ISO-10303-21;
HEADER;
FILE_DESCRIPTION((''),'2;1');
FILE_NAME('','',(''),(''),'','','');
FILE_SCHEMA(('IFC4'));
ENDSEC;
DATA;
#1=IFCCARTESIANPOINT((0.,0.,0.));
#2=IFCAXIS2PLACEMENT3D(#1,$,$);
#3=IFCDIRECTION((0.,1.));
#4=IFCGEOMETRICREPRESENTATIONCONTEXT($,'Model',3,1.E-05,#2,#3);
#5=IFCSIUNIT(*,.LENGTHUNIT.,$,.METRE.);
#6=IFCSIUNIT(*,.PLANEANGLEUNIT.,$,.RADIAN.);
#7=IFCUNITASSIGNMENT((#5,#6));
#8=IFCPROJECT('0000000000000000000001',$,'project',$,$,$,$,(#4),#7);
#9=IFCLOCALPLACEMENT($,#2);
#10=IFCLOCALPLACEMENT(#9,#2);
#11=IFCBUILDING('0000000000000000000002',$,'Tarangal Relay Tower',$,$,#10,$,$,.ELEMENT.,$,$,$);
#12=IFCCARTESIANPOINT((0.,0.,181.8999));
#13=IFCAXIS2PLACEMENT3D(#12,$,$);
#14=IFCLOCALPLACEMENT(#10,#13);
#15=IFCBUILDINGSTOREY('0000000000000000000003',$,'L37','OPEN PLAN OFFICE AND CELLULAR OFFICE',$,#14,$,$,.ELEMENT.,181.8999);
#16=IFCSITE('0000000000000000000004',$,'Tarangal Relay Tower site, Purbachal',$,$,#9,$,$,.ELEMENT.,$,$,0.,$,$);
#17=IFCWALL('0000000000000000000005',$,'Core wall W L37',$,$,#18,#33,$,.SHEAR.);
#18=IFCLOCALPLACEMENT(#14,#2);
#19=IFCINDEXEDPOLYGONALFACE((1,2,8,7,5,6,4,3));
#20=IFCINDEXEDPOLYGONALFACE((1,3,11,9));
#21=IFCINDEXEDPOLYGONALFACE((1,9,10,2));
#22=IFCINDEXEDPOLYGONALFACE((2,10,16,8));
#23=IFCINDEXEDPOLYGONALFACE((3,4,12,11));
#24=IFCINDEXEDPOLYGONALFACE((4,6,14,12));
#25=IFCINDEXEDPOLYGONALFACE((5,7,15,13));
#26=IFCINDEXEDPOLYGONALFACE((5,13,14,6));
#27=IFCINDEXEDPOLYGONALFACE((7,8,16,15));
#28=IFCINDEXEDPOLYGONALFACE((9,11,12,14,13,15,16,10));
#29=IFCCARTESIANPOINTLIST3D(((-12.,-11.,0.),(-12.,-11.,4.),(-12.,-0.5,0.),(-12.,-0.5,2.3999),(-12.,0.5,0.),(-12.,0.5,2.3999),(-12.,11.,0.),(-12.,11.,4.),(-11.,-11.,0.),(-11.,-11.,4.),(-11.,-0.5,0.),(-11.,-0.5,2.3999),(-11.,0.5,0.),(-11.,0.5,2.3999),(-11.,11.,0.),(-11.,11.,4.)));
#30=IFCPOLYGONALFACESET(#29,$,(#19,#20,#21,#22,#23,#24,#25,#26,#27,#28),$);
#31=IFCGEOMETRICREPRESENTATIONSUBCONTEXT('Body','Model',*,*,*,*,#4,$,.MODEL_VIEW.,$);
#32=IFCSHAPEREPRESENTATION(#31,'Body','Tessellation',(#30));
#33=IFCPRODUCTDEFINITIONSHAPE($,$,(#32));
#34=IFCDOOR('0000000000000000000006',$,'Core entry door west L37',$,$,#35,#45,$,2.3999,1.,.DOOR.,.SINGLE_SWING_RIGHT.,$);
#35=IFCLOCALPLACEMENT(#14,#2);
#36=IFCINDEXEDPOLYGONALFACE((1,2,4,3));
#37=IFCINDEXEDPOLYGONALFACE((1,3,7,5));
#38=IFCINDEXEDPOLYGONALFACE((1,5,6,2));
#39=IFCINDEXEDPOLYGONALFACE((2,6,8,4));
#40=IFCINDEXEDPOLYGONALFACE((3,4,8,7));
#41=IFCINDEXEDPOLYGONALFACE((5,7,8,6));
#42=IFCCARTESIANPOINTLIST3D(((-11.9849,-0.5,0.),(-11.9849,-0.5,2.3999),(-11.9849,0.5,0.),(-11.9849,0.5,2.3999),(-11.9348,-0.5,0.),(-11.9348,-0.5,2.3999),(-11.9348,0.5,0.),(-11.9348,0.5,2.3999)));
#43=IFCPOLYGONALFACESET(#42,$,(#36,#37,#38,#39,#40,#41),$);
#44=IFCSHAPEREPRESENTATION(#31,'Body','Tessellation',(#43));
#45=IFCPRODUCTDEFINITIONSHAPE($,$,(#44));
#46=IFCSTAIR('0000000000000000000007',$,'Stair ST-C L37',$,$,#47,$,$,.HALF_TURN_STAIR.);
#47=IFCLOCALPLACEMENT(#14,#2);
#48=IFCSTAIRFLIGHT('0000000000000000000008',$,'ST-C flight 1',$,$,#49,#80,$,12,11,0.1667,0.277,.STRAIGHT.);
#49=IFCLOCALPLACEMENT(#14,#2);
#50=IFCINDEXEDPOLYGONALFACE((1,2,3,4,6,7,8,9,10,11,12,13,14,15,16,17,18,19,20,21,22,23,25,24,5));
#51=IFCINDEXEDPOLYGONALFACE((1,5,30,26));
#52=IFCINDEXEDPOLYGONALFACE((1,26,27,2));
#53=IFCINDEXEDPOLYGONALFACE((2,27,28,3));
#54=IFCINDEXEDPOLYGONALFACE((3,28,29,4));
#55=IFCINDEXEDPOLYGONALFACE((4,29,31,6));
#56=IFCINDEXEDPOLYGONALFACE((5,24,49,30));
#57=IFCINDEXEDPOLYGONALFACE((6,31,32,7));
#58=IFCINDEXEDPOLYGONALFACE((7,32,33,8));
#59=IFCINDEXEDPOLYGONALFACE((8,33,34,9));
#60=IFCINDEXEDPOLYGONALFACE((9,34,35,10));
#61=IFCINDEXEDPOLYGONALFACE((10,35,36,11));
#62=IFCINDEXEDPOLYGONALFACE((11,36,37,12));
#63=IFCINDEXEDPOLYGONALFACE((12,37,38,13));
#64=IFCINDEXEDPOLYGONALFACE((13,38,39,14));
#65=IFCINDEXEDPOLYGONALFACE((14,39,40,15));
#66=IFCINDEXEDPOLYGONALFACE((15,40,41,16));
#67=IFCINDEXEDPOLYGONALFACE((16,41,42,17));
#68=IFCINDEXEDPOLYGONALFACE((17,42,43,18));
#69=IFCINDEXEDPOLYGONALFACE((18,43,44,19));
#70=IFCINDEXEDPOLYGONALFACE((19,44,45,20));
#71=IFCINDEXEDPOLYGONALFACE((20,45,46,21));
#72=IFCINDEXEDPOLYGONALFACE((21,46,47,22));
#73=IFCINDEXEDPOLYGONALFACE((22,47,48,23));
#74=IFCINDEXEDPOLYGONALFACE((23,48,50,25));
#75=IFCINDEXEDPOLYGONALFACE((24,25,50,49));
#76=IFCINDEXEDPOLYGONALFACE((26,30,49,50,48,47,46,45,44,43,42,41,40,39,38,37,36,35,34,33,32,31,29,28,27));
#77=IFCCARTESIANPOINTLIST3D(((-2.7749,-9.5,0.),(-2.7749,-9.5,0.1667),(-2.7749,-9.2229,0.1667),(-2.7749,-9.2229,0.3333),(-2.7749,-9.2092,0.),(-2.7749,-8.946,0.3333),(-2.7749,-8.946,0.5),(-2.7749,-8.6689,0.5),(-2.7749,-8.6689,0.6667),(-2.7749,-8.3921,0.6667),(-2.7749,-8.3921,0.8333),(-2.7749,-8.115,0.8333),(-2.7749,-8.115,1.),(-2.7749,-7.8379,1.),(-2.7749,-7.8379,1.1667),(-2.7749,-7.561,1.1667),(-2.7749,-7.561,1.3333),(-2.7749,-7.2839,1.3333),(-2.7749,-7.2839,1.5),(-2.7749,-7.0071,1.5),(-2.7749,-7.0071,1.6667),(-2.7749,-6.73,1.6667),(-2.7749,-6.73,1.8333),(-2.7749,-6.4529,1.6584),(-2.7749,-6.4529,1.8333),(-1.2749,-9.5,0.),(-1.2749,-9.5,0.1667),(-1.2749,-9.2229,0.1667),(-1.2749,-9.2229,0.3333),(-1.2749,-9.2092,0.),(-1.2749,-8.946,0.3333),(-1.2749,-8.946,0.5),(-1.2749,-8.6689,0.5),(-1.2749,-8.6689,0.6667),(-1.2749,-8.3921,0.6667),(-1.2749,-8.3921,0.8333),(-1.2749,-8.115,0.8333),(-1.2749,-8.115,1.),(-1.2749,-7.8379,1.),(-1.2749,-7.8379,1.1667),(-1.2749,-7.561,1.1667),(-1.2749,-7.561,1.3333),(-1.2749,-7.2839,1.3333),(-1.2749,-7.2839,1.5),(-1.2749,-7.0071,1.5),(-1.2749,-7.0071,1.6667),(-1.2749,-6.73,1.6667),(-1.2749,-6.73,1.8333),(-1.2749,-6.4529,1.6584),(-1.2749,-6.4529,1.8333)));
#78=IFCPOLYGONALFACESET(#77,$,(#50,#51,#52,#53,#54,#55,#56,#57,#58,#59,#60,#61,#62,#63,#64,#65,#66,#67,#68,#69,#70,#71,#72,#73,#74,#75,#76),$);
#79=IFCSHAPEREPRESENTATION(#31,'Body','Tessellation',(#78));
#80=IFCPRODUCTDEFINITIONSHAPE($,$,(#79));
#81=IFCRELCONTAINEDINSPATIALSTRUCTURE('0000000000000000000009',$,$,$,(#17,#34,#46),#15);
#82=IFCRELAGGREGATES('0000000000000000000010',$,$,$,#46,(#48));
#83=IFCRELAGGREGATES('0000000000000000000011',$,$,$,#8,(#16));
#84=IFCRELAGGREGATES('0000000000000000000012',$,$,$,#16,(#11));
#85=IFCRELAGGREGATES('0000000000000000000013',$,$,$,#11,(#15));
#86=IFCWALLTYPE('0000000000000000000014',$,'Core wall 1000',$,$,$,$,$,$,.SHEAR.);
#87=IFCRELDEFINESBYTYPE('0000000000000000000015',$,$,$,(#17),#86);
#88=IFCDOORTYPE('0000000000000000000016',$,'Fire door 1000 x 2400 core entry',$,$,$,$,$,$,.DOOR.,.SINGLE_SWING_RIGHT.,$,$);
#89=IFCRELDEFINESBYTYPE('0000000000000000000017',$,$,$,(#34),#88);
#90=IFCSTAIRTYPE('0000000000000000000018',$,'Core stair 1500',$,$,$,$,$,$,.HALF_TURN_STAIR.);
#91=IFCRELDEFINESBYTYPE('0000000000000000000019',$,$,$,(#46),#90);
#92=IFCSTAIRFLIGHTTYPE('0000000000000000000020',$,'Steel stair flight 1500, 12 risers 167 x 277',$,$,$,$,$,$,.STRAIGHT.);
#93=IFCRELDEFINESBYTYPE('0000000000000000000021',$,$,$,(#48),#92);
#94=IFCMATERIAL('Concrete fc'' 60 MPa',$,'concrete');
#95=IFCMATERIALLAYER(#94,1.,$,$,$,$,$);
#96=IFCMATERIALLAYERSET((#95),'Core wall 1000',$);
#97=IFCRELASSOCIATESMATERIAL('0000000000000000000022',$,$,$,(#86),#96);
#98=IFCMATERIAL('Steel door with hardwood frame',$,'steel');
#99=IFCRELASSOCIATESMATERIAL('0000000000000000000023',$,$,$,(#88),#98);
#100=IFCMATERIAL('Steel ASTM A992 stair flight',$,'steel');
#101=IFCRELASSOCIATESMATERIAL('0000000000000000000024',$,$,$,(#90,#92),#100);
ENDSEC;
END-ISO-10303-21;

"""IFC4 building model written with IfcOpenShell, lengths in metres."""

from ifc_helpers import new_model, si_unit, direction, frame, frame_2d, origin, place, context, subcontext, project, spatial, polyline, rectangle, outline, extrude, material, layer, layer_set, type_object, element, fill, aggregate, save


model = new_model("IFC4")

# Units and contexts
model_context = context("Model", 3, precision=1e-05, world=origin(), true_north=direction((0.0, 1.0)))
body_context = subcontext(model_context, "Body", "Model", "MODEL_VIEW")
ifc_project = project(units=[si_unit("LENGTHUNIT", "METRE"), si_unit("PLANEANGLEUNIT", "RADIAN")], contexts=[model_context])

# Site, building, storey
site_placement = place(None, origin())
site = spatial("IfcSite", under=ifc_project, at=site_placement, Name="Tarangal Relay Tower site, Purbachal", CompositionType="ELEMENT", RefElevation=0.0)
building_placement = place(site_placement, origin())
building = spatial("IfcBuilding", under=site, at=building_placement, Name="Tarangal Relay Tower", CompositionType="ELEMENT")
storey_placement = place(building_placement, frame((0.0, 0.0, 181.8999)))
storey = spatial("IfcBuildingStorey", under=building, at=storey_placement, Name="L37", Description="OPEN PLAN OFFICE AND CELLULAR OFFICE", CompositionType="ELEMENT", Elevation=181.8999)

# Shared definitions
ifc_material_1 = material(Name="Concrete fc' 60 MPa", Category="concrete")

# Wall, opening, door
ifc_layer_1 = layer(ifc_material_1, 1.0)
ifc_layer_set_1 = layer_set([ifc_layer_1], Name="Core wall 1000")
wall_type_1 = type_object("IfcWallType", Name="Core wall 1000", PredefinedType="SHEAR", material=ifc_layer_set_1)
wall_1_placement = place(storey_placement, frame((-11.5, -11.0, 0.0), z_axis=(0.0, 0.0, 1.0), x_axis=(0.0, 1.0, 0.0)))
wall_1 = element("IfcWall", 1, at=wall_1_placement, inside=storey, type_object=wall_type_1, Name="Core wall W L37", PredefinedType="SHEAR", context=body_context, shape_type="SweptSolid", body=[
    extrude(rectangle(XDim=22.0, YDim=1.0, at=frame_2d((11.0, 0.0))), origin(), (0.0, 0.0, 1.0), 4.0),
])
opening_1_placement = place(wall_1_placement, frame((10.5, 0.0, 0.0)))
opening_1 = element("IfcOpeningElement", 2, at=opening_1_placement, cuts=wall_1, PredefinedType="OPENING", context=body_context, shape_type="SweptSolid", body=[
    extrude(rectangle(XDim=1.0, YDim=2.3999, at=frame_2d((0.5, 1.2))), frame((0.0, 0.51, 0.0), z_axis=(0.0, -1.0, 0.0), x_axis=(1.0, 0.0, 0.0)), (0.0, 0.0, 1.0), 1.02),
])
ifc_material_2 = material(Name="Steel door with hardwood frame", Category="steel")
door_type_1 = type_object("IfcDoorType", Name="Fire door 1000 x 2400 core entry", OperationType="SINGLE_SWING_RIGHT", PredefinedType="DOOR", material=ifc_material_2)
door_1_placement = place(opening_1_placement, origin())
door_1 = element("IfcDoor", 3, at=door_1_placement, inside=storey, type_object=door_type_1, Name="Core entry door west L37", OperationType="SINGLE_SWING_RIGHT", OverallHeight=2.3999, OverallWidth=1.0, PredefinedType="DOOR", context=body_context, shape_type="SweptSolid", body=[
    extrude(rectangle(XDim=1.0, YDim=2.3999, at=frame_2d((0.5, 1.2))), frame((0.0, 0.4849, 0.0), z_axis=(0.0, -1.0, 0.0), x_axis=(1.0, 0.0, 0.0)), (0.0, 0.0, 1.0), 0.05),
])
fill(opening_1, door_1)

# Stair, stair flight
ifc_material_3 = material(Name="Steel ASTM A992 stair flight", Category="steel")
stair_type = type_object("IfcStairType", Name="Core stair 1500", PredefinedType="HALF_TURN_STAIR", material=ifc_material_3)
stair_placement = place(storey_placement, origin())
stair = element("IfcStair", 4, at=stair_placement, inside=storey, type_object=stair_type, Name="Stair ST-C L37", PredefinedType="HALF_TURN_STAIR")
stair_flight_type = type_object("IfcStairFlightType", Name="Steel stair flight 1500, 12 risers 167 x 277", PredefinedType="STRAIGHT", material=ifc_material_3)
stair_flight_placement = place(storey_placement, frame((-2.0249, -9.5, 0.0), z_axis=(0.0, 0.0, 1.0), x_axis=(0.0, 1.0, 0.0)))
stair_flight = element("IfcStairFlight", 5, at=stair_flight_placement, type_object=stair_flight_type, Name="ST-C flight 1", NumberOfRisers=12, NumberOfTreads=11, PredefinedType="STRAIGHT", RiserHeight=0.1667, TreadLength=0.277, context=body_context, shape_type="SweptSolid", body=[
    extrude(outline(polyline([(0.0, 0.0), (0.0, 0.1667), (0.2771, 0.1667), (0.2771, 0.3333), (0.554, 0.3333), (0.554, 0.5), (0.8311, 0.5), (0.8311, 0.6667), (1.1079, 0.6667), (1.1079, 0.8333), (1.385, 0.8333), (1.385, 1.0), (1.6621, 1.0), (1.6621, 1.1667), (1.939, 1.1667), (1.939, 1.3333), (2.2161, 1.3333), (2.2161, 1.5), (2.4929, 1.5), (2.4929, 1.6667), (2.77, 1.6667), (2.77, 1.8333), (3.0471, 1.8333), (3.0471, 2.0), (3.0471, 1.6584), (0.2908, 0.0), (0.0, 0.0)])), frame((0.0, 0.75, 0.0), z_axis=(0.0, -1.0, 0.0), x_axis=(1.0, 0.0, 0.0)), (0.0, 0.0, 1.0), 1.5),
])
aggregate(stair, [stair_flight])

save(model, "model.ifc")
